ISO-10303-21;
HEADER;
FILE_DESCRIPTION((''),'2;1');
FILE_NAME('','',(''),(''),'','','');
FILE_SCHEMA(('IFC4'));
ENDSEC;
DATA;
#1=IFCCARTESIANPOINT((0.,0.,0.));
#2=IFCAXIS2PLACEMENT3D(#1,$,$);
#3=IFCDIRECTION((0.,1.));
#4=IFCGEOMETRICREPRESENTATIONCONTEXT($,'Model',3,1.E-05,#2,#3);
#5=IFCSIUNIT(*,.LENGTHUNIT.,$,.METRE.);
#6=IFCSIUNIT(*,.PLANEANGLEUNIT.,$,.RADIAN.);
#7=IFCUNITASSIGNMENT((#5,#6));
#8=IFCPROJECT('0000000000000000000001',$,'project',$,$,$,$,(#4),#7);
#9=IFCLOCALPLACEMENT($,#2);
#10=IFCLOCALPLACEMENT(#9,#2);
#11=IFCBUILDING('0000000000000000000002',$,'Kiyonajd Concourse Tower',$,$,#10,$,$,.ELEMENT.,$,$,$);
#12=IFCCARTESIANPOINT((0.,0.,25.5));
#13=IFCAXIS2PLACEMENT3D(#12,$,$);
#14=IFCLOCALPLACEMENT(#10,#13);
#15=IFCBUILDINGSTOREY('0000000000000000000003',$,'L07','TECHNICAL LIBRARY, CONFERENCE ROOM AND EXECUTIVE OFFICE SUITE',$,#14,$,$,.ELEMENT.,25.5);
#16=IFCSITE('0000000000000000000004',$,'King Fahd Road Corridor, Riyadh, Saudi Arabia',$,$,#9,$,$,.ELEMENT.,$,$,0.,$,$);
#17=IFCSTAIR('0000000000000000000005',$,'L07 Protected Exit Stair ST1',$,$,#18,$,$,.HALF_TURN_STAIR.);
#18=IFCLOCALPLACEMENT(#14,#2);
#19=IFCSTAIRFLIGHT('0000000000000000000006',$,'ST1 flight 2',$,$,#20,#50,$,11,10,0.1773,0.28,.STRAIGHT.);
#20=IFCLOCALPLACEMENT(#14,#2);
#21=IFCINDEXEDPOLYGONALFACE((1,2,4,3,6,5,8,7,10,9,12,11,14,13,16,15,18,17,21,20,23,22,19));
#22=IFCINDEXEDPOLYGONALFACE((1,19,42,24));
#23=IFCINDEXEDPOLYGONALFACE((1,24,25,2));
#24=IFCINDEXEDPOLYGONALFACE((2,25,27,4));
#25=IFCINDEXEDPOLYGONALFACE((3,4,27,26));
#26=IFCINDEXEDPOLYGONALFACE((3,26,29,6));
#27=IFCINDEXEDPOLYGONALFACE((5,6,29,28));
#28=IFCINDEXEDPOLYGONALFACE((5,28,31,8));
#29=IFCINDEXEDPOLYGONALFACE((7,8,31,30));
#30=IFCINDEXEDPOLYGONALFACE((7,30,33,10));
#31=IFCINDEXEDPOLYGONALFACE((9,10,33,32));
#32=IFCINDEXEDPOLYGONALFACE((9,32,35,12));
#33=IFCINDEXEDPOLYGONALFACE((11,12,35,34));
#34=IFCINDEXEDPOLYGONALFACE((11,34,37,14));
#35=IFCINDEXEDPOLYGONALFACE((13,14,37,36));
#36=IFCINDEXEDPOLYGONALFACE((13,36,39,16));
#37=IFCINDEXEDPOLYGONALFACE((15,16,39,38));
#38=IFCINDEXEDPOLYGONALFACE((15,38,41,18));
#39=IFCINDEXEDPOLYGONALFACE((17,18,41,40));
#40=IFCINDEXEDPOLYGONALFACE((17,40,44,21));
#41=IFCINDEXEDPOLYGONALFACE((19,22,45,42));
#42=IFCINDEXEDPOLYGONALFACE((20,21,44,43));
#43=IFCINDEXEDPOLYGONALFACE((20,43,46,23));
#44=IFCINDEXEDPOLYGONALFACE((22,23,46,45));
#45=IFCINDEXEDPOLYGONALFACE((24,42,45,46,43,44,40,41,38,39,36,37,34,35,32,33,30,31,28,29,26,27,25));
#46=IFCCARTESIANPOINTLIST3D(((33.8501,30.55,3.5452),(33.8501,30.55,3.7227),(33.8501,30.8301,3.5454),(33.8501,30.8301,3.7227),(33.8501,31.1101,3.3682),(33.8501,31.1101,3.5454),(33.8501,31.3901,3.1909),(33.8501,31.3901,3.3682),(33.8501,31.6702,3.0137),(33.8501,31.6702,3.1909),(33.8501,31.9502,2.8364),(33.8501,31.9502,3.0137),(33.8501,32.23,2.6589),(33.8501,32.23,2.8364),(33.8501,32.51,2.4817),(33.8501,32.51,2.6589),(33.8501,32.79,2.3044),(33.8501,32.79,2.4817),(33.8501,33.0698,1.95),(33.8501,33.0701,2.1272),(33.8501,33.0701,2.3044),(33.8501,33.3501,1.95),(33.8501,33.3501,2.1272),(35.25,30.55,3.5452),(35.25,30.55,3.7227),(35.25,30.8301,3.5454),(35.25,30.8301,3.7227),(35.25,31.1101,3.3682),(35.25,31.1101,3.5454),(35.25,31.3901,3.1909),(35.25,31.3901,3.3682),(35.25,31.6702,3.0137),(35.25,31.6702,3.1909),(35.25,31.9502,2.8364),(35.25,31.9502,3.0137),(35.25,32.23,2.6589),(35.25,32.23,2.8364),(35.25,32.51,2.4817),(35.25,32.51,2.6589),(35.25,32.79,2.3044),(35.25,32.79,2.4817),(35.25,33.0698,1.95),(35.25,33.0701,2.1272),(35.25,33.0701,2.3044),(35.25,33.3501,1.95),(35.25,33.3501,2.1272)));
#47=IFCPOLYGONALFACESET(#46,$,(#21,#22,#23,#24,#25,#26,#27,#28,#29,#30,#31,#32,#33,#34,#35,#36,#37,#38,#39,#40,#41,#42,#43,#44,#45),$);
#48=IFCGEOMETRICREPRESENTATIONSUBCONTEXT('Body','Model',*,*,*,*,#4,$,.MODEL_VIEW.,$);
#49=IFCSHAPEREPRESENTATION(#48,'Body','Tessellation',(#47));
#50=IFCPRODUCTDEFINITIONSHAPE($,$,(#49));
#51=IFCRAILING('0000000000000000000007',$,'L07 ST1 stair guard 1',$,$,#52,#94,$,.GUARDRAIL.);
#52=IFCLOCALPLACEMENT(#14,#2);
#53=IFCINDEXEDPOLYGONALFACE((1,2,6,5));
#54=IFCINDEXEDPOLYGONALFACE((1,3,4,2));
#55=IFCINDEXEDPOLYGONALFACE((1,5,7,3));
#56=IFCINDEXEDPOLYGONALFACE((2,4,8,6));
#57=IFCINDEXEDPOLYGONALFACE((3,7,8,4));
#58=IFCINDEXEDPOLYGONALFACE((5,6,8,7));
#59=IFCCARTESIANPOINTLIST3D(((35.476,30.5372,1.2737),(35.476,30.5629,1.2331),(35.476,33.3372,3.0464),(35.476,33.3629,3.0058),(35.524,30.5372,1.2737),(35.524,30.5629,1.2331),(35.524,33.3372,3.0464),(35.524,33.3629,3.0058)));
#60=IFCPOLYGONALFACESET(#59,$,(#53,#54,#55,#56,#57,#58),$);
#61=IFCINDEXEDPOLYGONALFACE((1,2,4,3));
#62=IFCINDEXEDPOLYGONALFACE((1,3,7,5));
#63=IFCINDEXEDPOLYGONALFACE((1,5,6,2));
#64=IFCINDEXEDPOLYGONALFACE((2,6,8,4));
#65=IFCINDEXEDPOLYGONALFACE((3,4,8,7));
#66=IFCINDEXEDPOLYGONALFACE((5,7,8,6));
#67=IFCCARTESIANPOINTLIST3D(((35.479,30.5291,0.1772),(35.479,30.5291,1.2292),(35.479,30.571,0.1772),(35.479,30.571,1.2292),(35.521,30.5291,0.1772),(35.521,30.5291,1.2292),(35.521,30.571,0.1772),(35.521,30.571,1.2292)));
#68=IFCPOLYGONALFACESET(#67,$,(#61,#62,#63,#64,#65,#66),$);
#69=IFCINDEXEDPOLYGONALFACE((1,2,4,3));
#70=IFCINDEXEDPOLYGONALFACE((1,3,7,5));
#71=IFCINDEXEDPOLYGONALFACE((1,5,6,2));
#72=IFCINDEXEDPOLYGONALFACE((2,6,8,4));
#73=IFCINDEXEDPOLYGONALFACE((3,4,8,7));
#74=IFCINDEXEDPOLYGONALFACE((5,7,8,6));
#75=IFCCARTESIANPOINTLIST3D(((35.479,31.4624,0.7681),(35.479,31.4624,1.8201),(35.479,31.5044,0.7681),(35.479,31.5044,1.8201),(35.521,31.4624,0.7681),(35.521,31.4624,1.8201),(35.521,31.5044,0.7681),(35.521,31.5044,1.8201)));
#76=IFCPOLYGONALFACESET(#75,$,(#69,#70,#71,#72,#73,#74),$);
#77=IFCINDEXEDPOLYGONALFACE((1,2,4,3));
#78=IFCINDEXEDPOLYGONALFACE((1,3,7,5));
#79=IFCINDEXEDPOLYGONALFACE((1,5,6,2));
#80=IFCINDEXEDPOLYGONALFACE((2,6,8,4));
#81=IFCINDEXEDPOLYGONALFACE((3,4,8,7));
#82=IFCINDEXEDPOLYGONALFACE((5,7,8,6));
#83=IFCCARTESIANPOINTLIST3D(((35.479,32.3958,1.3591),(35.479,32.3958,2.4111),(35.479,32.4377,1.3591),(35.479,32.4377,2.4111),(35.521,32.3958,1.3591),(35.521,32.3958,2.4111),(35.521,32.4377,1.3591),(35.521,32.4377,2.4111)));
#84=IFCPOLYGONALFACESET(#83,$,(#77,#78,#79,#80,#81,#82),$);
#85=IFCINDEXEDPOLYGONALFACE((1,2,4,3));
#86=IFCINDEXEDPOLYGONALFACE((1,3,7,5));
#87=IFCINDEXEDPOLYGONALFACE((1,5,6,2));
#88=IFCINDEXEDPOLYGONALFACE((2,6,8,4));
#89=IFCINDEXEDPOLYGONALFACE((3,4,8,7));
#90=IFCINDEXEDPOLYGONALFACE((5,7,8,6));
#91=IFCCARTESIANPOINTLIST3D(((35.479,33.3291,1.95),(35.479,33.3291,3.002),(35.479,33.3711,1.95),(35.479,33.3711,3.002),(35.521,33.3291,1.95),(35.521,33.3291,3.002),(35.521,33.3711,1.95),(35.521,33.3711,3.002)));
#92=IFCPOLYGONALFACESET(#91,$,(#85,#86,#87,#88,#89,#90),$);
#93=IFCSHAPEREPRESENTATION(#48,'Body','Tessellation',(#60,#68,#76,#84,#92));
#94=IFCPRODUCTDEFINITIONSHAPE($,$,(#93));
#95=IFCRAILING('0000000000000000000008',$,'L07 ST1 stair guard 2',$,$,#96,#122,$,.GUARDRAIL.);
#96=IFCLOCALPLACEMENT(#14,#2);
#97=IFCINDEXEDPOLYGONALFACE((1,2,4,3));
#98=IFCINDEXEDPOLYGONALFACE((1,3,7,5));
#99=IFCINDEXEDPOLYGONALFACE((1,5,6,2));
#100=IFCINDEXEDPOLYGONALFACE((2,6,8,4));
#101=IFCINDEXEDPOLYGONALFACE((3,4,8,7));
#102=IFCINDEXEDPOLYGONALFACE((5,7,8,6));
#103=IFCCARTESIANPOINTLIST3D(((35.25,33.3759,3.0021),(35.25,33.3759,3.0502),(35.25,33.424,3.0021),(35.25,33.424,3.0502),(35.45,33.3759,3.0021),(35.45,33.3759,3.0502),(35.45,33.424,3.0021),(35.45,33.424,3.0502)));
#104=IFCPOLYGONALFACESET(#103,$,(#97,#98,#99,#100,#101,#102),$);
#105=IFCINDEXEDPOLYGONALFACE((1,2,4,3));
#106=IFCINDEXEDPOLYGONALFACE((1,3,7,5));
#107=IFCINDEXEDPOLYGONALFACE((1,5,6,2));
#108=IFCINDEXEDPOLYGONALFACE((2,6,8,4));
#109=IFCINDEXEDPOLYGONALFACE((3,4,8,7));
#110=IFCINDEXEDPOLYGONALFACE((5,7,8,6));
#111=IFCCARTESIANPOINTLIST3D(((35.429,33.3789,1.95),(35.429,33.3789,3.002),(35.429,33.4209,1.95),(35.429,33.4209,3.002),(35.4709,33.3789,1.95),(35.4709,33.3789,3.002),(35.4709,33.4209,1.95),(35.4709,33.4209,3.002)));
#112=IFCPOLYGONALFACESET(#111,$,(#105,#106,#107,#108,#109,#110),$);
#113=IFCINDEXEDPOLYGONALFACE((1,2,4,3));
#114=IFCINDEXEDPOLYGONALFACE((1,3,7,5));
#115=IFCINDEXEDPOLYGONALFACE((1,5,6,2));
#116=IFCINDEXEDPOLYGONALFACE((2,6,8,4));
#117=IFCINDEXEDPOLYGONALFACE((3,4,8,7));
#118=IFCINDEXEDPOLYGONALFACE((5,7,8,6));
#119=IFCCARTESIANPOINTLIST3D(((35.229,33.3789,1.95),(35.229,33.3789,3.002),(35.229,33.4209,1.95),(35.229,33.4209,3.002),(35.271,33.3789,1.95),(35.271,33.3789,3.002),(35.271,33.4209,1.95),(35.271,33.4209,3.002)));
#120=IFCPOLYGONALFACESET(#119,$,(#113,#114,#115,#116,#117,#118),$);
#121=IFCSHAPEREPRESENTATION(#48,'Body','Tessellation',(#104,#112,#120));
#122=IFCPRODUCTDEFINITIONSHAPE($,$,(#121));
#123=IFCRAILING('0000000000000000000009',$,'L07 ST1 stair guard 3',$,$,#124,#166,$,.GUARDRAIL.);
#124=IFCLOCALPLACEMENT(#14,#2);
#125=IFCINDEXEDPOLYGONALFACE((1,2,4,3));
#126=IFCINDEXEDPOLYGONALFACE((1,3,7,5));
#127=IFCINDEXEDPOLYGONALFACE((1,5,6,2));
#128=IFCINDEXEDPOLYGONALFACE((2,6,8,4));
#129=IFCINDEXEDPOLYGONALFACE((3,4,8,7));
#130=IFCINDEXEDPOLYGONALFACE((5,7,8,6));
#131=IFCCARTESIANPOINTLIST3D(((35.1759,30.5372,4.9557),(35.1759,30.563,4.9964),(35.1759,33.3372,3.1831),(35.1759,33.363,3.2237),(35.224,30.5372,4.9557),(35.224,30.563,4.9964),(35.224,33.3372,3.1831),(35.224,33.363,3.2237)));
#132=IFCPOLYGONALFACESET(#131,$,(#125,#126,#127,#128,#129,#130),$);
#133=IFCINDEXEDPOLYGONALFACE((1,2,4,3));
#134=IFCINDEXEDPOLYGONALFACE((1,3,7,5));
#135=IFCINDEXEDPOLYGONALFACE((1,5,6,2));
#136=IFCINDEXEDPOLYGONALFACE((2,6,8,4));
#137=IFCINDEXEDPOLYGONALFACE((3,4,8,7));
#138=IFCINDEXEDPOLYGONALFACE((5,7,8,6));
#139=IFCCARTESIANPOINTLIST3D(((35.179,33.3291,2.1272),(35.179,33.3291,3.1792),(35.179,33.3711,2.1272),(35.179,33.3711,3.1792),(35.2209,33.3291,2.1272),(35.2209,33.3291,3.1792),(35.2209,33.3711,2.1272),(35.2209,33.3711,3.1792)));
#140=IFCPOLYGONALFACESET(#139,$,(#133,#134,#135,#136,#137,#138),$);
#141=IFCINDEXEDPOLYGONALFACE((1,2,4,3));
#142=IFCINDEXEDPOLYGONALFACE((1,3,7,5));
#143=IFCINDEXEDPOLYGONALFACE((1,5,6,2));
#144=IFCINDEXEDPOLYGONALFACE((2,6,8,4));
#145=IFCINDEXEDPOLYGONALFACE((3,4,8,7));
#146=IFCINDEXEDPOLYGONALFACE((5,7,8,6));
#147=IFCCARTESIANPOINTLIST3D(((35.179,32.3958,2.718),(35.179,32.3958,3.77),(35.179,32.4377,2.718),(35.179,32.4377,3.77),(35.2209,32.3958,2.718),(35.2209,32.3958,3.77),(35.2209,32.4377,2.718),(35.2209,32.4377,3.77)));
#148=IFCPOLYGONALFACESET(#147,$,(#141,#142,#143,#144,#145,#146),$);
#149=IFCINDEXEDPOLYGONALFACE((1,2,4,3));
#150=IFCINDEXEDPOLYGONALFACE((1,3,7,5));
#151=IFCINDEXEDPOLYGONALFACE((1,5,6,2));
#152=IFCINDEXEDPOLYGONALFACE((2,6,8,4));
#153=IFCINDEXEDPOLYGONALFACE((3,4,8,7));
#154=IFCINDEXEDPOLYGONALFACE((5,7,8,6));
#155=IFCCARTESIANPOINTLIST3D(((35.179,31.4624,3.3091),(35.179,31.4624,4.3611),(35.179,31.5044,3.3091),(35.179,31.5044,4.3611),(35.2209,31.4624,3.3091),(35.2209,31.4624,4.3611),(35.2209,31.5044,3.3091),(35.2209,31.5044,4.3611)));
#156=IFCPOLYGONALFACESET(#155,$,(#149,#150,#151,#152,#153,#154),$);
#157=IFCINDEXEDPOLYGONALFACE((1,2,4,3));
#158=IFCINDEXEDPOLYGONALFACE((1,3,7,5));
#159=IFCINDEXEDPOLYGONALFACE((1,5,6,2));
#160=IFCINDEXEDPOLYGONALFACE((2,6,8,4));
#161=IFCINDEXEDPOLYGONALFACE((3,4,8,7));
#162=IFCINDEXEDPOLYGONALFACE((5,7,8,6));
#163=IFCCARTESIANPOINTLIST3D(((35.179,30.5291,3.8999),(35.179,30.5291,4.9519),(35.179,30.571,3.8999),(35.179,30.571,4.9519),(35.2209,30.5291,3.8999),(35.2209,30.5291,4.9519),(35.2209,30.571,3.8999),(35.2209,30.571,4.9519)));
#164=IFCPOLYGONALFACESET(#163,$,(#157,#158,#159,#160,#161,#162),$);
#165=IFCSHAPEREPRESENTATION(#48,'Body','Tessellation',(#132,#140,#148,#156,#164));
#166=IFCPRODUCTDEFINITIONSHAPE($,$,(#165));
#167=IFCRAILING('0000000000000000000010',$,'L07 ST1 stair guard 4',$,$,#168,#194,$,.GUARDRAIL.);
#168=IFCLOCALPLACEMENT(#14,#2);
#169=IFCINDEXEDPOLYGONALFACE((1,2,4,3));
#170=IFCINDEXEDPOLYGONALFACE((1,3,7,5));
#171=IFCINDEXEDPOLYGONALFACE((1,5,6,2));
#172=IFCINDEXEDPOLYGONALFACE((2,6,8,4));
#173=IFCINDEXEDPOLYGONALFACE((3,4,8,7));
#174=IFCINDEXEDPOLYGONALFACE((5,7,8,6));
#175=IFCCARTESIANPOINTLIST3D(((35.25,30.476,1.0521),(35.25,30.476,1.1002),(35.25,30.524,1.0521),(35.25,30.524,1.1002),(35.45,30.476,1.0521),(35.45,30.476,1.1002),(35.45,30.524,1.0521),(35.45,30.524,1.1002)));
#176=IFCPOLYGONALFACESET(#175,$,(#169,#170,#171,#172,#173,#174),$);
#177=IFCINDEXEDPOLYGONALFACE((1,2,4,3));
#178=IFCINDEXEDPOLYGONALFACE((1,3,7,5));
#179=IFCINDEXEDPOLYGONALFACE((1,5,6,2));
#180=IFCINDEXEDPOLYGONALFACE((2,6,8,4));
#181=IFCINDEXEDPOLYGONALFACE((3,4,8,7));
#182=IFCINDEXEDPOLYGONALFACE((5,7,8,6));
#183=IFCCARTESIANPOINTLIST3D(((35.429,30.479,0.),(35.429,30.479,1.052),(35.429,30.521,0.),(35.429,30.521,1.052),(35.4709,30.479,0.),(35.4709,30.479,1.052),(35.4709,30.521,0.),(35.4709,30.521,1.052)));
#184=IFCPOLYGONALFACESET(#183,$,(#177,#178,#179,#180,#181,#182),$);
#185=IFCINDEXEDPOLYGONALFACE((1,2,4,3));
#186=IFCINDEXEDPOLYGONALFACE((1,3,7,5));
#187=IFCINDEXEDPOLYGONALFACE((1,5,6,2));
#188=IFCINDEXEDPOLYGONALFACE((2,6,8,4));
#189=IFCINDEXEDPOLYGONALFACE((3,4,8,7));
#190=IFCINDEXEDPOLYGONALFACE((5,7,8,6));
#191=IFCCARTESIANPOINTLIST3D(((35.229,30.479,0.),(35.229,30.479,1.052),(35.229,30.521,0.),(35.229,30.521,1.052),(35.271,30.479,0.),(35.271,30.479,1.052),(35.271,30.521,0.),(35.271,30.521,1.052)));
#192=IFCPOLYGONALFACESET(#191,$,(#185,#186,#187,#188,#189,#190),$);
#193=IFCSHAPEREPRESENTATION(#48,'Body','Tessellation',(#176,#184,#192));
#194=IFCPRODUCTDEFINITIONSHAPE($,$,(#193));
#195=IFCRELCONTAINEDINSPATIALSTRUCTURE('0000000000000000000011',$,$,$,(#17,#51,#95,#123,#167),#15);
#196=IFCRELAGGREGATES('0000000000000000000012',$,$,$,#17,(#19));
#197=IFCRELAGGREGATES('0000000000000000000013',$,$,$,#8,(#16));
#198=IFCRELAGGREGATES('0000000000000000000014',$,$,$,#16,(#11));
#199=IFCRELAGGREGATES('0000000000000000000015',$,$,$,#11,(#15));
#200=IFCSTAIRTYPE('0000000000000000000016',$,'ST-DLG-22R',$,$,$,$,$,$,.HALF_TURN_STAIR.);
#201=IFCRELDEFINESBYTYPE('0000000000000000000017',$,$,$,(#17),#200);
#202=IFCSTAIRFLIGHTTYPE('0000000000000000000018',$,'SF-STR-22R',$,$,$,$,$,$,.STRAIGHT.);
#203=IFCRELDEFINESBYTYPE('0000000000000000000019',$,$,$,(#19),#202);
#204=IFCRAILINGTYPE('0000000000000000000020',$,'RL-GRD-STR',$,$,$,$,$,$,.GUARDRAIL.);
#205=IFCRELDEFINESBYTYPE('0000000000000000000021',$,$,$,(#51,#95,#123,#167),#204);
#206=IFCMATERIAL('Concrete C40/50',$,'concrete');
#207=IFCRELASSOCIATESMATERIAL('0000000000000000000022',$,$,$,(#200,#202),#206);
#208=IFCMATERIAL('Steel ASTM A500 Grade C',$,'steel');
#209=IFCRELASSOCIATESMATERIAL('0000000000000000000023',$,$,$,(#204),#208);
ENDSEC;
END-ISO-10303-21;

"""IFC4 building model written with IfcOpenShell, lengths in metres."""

from ifc_helpers import new_model, si_unit, direction, frame, origin, origin_2d, place, context, subcontext, project, spatial, polyline, rectangle, outline, extrude, material, type_object, element, aggregate, save


model = new_model("IFC4")

# Units and contexts
model_context = context("Model", 3, precision=1e-05, world=origin(), true_north=direction((0.0, 1.0)))
body_context = subcontext(model_context, "Body", "Model", "MODEL_VIEW")
ifc_project = project(units=[si_unit("LENGTHUNIT", "METRE"), si_unit("PLANEANGLEUNIT", "RADIAN")], contexts=[model_context])

# Site, building, storey
site_placement = place(None, origin())
site = spatial("IfcSite", under=ifc_project, at=site_placement, Name="King Fahd Road Corridor, Riyadh, Saudi Arabia", CompositionType="ELEMENT", RefElevation=0.0)
building_placement = place(site_placement, origin())
building = spatial("IfcBuilding", under=site, at=building_placement, Name="Kiyonajd Concourse Tower", CompositionType="ELEMENT")
storey_placement = place(building_placement, frame((0.0, 0.0, 25.5)))
storey = spatial("IfcBuildingStorey", under=building, at=storey_placement, Name="L07", Description="TECHNICAL LIBRARY, CONFERENCE ROOM AND EXECUTIVE OFFICE SUITE", CompositionType="ELEMENT", Elevation=25.5)

# Stair, stair flight
ifc_material_1 = material(Name="Concrete C40/50", Category="concrete")
stair_type = type_object("IfcStairType", Name="ST-DLG-22R", PredefinedType="HALF_TURN_STAIR", material=ifc_material_1)
stair_placement = place(storey_placement, origin())
stair = element("IfcStair", 1, at=stair_placement, inside=storey, type_object=stair_type, Name="L07 Protected Exit Stair ST1", PredefinedType="HALF_TURN_STAIR")
stair_flight_type = type_object("IfcStairFlightType", Name="SF-STR-22R", PredefinedType="STRAIGHT", material=ifc_material_1)
stair_flight_1_placement = place(storey_placement, frame((34.55, 33.3501, 1.95), z_axis=(0.0, 0.0, 1.0), x_axis=(0.0, -1.0, 0.0)))
stair_flight_1 = element("IfcStairFlight", 2, at=stair_flight_1_placement, type_object=stair_flight_type, Name="ST1 flight 2", NumberOfRisers=11, NumberOfTreads=10, PredefinedType="STRAIGHT", RiserHeight=0.1773, TreadLength=0.28, context=body_context, shape_type="SweptSolid", body=[
    extrude(outline(polyline([(0.0, 0.0), (0.0, 0.1772), (0.28, 0.1772), (0.28, 0.3545), (0.5601, 0.3545), (0.5601, 0.5317), (0.8401, 0.5317), (0.8401, 0.709), (1.1201, 0.709), (1.1201, 0.8865), (1.3999, 0.8865), (1.3999, 1.0637), (1.6799, 1.0637), (1.6799, 1.241), (1.96, 1.241), (1.96, 1.4182), (2.24, 1.4182), (2.24, 1.5955), (2.52, 1.5955), (2.52, 1.7727), (2.8, 1.7727), (2.8, 1.95), (2.8, 1.5952), (0.2803, 0.0), (0.0, 0.0)])), frame((0.0, 0.7, 0.0), z_axis=(0.0, -1.0, 0.0), x_axis=(1.0, 0.0, 0.0)), (0.0, 0.0, 1.0), 1.3999),
])
aggregate(stair, [stair_flight_1])

# Railings
ifc_material_2 = material(Name="Steel ASTM A500 Grade C", Category="steel")
railing_type_1 = type_object("IfcRailingType", Name="RL-GRD-STR", PredefinedType="GUARDRAIL", material=ifc_material_2)
railing_1_placement = place(storey_placement, frame((35.5, 30.55, 0.1772)))
element("IfcRailing", 3, at=railing_1_placement, inside=storey, type_object=railing_type_1, Name="L07 ST1 stair guard 1", PredefinedType="GUARDRAIL", context=body_context, shape_type="SweptSolid", body=[
    extrude(rectangle(XDim=0.0481, YDim=0.0481, at=origin_2d()), frame((0.0, 0.0, 1.0762), z_axis=(0.0, 0.844909, 0.53491), x_axis=(-1.0, 0.0, 0.0)), (0.0, 0.0, 1.0), 3.314),
    extrude(rectangle(XDim=0.042, YDim=0.042, at=origin_2d()), origin(), (0.0, 0.0, 1.0), 1.052),
    extrude(rectangle(XDim=0.042, YDim=0.042, at=origin_2d()), frame((0.0, 0.9333, 0.5908)), (0.0, 0.0, 1.0), 1.052),
    extrude(rectangle(XDim=0.042, YDim=0.042, at=origin_2d()), frame((0.0, 1.8667, 1.1819)), (0.0, 0.0, 1.0), 1.052),
    extrude(rectangle(XDim=0.042, YDim=0.042, at=origin_2d()), frame((0.0, 2.8, 1.7727)), (0.0, 0.0, 1.0), 1.052),
])
railing_2_placement = place(storey_placement, frame((35.45, 33.3999, 1.95)))
element("IfcRailing", 4, at=railing_2_placement, inside=storey, type_object=railing_type_1, Name="L07 ST1 stair guard 2", PredefinedType="GUARDRAIL", context=body_context, shape_type="SweptSolid", body=[
    extrude(rectangle(XDim=0.0481, YDim=0.0481, at=origin_2d()), frame((0.0, 0.0, 1.0762), z_axis=(-1.0, 0.0, 0.0), x_axis=(0.0, -1.0, 0.0)), (0.0, 0.0, 1.0), 0.2),
    extrude(rectangle(XDim=0.042, YDim=0.042, at=origin_2d()), origin(), (0.0, 0.0, 1.0), 1.052),
    extrude(rectangle(XDim=0.042, YDim=0.042, at=origin_2d()), frame((-0.2, 0.0, 0.0)), (0.0, 0.0, 1.0), 1.052),
])
railing_3_placement = place(storey_placement, frame((35.2, 33.3501, 2.1272)))
element("IfcRailing", 5, at=railing_3_placement, inside=storey, type_object=railing_type_1, Name="L07 ST1 stair guard 3", PredefinedType="GUARDRAIL", context=body_context, shape_type="SweptSolid", body=[
    extrude(rectangle(XDim=0.0481, YDim=0.0481, at=origin_2d()), frame((0.0, 0.0, 1.0762), z_axis=(0.0, -0.844909, 0.53491), x_axis=(1.0, 0.0, 0.0)), (0.0, 0.0, 1.0), 3.314),
    extrude(rectangle(XDim=0.042, YDim=0.042, at=origin_2d()), origin(), (0.0, 0.0, 1.0), 1.052),
    extrude(rectangle(XDim=0.042, YDim=0.042, at=origin_2d()), frame((0.0, -0.9333, 0.5908)), (0.0, 0.0, 1.0), 1.052),
    extrude(rectangle(XDim=0.042, YDim=0.042, at=origin_2d()), frame((0.0, -1.8667, 1.1819)), (0.0, 0.0, 1.0), 1.052),
    extrude(rectangle(XDim=0.042, YDim=0.042, at=origin_2d()), frame((0.0, -2.8, 1.7727)), (0.0, 0.0, 1.0), 1.052),
])
railing_4_placement = place(storey_placement, frame((35.45, 30.5, 0.0)))
element("IfcRailing", 6, at=railing_4_placement, inside=storey, type_object=railing_type_1, Name="L07 ST1 stair guard 4", PredefinedType="GUARDRAIL", context=body_context, shape_type="SweptSolid", body=[
    extrude(rectangle(XDim=0.0481, YDim=0.0481, at=origin_2d()), frame((0.0, 0.0, 1.0762), z_axis=(-1.0, 0.0, 0.0), x_axis=(0.0, -1.0, 0.0)), (0.0, 0.0, 1.0), 0.2),
    extrude(rectangle(XDim=0.042, YDim=0.042, at=origin_2d()), origin(), (0.0, 0.0, 1.0), 1.052),
    extrude(rectangle(XDim=0.042, YDim=0.042, at=origin_2d()), frame((-0.2, 0.0, 0.0)), (0.0, 0.0, 1.0), 1.052),
])

save(model, "model.ifc")
